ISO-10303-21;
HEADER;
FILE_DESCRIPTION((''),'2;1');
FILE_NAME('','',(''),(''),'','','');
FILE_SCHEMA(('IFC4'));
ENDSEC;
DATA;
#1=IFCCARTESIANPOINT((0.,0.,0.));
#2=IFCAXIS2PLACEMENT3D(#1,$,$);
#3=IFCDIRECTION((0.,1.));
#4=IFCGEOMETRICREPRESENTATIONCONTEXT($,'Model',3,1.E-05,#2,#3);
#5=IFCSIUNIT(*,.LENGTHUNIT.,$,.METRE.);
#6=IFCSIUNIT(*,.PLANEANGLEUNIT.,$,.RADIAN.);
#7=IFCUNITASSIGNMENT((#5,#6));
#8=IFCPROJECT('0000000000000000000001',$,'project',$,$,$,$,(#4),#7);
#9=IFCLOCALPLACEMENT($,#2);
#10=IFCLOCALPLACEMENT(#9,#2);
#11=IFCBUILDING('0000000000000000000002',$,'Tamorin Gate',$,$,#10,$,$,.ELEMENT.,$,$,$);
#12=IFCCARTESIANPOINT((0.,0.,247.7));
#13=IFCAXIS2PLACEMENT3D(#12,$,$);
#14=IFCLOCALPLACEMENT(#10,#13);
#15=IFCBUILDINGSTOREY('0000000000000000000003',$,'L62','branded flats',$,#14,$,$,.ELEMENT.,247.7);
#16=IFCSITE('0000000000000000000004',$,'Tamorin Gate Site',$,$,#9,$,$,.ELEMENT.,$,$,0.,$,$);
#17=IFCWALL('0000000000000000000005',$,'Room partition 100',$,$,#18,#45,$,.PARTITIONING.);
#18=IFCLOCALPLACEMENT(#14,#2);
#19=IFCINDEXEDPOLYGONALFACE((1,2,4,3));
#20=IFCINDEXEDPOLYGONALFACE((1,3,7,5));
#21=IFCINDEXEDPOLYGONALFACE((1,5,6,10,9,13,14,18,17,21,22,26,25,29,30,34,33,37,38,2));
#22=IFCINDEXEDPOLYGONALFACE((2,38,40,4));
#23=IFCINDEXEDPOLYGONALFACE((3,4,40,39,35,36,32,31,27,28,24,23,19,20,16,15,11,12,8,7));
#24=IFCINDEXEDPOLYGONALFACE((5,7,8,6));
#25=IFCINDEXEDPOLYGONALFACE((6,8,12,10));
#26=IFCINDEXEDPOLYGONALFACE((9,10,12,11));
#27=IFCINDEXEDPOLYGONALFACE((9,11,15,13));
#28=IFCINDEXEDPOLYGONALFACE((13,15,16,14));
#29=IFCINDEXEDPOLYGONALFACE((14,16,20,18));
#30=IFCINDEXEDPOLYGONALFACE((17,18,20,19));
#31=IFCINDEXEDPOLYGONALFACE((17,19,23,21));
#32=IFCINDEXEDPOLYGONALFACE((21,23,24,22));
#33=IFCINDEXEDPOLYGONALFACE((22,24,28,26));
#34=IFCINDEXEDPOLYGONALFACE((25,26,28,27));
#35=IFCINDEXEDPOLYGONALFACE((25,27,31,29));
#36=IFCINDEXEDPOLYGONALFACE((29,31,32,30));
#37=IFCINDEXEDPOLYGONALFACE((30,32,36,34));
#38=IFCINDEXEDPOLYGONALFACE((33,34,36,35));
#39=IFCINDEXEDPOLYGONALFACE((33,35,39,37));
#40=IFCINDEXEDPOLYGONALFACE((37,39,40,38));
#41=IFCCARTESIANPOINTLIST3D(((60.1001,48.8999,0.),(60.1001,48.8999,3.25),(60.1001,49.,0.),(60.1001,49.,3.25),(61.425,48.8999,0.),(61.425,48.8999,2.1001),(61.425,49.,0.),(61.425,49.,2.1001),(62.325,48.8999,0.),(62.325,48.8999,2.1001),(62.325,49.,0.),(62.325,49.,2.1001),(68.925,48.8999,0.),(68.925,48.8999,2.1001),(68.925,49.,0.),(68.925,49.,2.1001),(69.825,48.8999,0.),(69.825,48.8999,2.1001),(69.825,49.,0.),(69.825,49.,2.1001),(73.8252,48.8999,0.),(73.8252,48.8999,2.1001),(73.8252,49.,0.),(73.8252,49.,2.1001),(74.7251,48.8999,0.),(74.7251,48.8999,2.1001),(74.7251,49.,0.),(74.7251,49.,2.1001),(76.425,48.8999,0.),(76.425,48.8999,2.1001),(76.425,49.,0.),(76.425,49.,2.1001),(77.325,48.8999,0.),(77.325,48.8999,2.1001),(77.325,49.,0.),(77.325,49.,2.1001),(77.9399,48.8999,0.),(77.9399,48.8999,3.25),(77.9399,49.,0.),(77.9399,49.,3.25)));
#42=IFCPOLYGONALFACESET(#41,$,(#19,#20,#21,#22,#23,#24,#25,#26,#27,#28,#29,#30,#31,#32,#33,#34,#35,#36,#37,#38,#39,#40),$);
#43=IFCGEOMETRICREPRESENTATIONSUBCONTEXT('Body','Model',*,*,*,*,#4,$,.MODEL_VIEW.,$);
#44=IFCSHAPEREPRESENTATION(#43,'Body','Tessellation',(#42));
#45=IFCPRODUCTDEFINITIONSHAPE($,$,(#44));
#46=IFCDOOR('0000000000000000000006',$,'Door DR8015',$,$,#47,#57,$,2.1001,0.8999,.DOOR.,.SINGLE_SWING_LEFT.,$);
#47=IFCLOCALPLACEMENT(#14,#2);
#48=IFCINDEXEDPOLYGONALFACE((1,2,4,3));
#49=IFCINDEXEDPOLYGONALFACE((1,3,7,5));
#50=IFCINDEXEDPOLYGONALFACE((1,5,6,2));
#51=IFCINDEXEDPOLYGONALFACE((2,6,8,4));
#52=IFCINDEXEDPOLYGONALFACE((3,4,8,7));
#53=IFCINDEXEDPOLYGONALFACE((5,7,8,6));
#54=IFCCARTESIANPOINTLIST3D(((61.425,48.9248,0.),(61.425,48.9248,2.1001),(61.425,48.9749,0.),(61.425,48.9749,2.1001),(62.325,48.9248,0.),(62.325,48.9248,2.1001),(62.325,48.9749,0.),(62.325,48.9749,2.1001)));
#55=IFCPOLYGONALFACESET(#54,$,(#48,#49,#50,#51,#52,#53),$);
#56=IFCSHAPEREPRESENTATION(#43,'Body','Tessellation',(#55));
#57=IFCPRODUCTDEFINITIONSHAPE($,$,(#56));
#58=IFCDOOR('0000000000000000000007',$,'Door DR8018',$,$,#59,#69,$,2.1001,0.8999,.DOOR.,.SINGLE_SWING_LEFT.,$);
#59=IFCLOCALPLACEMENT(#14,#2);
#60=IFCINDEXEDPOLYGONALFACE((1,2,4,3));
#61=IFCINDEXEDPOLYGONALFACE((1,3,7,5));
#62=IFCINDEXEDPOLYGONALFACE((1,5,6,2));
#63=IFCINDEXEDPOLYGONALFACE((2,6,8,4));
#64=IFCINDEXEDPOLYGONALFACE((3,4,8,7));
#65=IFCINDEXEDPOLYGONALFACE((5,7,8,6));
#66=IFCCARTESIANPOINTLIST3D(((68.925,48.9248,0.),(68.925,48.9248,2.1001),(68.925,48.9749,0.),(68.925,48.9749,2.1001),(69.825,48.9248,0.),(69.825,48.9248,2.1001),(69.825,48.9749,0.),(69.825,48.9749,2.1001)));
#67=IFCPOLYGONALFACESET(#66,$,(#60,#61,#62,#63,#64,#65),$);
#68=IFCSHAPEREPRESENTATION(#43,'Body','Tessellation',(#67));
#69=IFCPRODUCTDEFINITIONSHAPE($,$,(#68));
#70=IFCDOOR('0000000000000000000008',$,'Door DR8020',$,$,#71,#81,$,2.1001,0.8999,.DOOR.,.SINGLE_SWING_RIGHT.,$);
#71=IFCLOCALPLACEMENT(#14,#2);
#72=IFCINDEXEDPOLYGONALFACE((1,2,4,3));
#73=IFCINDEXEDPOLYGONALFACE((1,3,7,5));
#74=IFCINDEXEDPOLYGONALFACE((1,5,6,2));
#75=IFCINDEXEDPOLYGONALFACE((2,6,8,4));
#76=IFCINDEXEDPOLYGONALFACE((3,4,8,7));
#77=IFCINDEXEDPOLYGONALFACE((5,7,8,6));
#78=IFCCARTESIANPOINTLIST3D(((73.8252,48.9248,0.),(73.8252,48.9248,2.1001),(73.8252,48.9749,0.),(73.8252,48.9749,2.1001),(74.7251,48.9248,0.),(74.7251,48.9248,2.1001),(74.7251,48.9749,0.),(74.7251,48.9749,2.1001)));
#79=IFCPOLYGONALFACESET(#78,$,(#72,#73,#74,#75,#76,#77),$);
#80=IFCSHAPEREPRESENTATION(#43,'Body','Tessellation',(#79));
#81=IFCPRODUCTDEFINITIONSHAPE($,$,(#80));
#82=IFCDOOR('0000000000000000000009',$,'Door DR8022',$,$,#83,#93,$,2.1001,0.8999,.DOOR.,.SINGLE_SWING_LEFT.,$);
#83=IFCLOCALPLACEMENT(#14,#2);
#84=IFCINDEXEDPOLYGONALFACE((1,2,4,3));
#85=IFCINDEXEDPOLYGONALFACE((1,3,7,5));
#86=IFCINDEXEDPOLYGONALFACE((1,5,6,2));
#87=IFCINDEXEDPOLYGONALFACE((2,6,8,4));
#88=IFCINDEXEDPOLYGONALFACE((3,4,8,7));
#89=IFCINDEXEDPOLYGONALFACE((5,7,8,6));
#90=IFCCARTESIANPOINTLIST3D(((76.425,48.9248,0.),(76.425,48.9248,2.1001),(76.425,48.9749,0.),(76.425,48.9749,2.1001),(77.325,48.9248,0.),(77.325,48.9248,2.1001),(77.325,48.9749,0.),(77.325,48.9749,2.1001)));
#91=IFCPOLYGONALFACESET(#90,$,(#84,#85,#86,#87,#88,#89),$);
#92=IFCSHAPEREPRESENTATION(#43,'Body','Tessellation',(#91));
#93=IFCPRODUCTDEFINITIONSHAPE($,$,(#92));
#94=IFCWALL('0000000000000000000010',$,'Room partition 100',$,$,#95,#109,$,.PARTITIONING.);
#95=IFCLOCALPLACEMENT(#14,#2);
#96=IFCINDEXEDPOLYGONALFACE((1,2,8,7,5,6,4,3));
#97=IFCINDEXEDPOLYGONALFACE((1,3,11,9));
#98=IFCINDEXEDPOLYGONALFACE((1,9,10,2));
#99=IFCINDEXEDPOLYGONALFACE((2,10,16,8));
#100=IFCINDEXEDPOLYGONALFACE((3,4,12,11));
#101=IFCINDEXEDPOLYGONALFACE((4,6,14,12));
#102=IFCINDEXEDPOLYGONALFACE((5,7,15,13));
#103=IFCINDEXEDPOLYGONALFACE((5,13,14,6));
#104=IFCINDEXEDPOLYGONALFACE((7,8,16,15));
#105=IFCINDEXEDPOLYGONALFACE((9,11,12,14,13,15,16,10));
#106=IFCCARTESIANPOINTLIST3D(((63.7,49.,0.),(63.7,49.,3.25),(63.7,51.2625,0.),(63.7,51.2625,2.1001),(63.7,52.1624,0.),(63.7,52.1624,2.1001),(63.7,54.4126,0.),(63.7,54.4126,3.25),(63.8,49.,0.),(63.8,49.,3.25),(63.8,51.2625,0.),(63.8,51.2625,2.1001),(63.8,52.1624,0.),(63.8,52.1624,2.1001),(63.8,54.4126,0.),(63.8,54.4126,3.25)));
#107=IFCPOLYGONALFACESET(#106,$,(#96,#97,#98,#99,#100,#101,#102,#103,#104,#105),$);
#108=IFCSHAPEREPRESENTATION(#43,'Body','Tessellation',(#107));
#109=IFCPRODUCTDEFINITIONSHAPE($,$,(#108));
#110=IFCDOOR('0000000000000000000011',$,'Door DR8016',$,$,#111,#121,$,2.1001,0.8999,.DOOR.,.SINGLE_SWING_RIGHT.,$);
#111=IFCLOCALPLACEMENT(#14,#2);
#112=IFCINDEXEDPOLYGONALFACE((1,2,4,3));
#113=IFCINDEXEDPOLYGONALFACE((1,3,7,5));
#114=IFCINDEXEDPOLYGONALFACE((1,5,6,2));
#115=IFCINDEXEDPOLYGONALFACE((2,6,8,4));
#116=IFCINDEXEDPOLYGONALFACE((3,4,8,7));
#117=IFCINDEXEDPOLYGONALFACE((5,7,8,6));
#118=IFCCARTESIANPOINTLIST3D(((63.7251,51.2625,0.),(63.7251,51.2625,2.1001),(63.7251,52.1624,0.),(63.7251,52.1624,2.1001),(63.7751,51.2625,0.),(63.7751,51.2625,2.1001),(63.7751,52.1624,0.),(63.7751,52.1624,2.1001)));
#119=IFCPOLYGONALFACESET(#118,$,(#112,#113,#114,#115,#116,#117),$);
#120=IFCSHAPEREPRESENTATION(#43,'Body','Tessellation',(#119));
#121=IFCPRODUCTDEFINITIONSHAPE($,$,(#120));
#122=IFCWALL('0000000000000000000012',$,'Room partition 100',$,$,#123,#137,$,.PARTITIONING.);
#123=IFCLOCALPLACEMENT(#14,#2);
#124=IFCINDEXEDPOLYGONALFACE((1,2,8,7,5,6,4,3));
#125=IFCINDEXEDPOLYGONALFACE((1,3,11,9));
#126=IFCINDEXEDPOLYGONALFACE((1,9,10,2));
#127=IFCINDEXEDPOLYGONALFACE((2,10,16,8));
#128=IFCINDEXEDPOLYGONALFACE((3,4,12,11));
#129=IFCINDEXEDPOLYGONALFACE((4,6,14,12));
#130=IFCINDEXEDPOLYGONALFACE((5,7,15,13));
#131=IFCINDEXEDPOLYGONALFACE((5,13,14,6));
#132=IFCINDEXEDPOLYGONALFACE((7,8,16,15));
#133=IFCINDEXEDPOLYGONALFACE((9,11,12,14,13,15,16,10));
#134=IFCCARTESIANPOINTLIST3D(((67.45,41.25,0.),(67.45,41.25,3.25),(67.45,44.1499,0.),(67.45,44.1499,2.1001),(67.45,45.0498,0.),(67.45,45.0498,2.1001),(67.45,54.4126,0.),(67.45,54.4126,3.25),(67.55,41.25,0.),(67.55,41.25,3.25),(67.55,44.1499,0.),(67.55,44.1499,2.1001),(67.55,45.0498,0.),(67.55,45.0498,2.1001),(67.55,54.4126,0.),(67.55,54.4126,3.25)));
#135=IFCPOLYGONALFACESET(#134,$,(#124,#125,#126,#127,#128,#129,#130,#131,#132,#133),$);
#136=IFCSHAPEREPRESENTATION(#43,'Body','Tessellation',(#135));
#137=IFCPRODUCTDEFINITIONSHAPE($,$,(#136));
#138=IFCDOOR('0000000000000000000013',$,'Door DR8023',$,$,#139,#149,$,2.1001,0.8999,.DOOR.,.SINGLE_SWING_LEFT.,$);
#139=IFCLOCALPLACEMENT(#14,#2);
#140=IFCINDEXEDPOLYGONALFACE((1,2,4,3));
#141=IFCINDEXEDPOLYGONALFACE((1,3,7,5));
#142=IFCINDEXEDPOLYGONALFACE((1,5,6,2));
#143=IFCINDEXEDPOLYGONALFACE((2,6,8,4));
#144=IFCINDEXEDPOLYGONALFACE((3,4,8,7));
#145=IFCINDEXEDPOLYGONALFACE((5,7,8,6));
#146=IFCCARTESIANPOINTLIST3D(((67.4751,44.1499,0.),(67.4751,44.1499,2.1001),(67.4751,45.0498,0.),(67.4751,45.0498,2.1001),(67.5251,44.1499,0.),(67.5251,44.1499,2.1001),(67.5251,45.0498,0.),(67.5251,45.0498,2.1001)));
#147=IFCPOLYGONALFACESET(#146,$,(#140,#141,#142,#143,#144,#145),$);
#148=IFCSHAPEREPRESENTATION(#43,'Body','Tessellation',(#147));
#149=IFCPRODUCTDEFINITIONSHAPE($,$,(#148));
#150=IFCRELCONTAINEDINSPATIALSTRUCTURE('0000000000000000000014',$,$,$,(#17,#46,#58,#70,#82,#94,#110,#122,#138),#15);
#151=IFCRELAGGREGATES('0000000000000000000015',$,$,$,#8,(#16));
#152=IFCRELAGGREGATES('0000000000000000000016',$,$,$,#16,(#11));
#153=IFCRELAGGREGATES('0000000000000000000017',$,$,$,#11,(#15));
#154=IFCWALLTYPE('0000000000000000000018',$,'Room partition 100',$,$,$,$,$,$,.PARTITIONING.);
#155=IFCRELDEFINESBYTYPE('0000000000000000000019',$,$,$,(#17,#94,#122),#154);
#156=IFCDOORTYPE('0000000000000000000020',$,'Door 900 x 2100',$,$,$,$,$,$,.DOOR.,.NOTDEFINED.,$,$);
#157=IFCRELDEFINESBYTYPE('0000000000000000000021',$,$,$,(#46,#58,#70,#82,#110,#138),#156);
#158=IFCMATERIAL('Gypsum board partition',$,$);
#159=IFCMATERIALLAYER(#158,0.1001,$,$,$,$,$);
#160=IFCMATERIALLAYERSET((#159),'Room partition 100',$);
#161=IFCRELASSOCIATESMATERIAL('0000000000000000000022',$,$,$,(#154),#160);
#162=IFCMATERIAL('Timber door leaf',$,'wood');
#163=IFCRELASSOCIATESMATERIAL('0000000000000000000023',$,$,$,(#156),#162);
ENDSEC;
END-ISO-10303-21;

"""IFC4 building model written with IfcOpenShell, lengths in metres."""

from ifc_helpers import new_model, si_unit, direction, frame, frame_2d, origin, place, context, subcontext, project, spatial, rectangle, extrude, material, layer, layer_set, type_object, element, fill, save


model = new_model("IFC4")

# Units and contexts
model_context = context("Model", 3, precision=1e-05, world=origin(), true_north=direction((0.0, 1.0)))
body_context = subcontext(model_context, "Body", "Model", "MODEL_VIEW")
ifc_project = project(units=[si_unit("LENGTHUNIT", "METRE"), si_unit("PLANEANGLEUNIT", "RADIAN")], contexts=[model_context])

# Site, building, storey
site_placement = place(None, origin())
site = spatial("IfcSite", under=ifc_project, at=site_placement, Name="Tamorin Gate Site", CompositionType="ELEMENT", RefElevation=0.0)
building_placement = place(site_placement, origin())
building = spatial("IfcBuilding", under=site, at=building_placement, Name="Tamorin Gate", CompositionType="ELEMENT")
storey_placement = place(building_placement, frame((0.0, 0.0, 247.7)))
storey = spatial("IfcBuildingStorey", under=building, at=storey_placement, Name="L62", Description="branded flats", CompositionType="ELEMENT", Elevation=247.7)

# Wall, openings, doors
ifc_material_1 = material(Name="Gypsum board partition")
ifc_layer_1 = layer(ifc_material_1, 0.1001)
ifc_layer_set_1 = layer_set([ifc_layer_1], Name="Room partition 100")
wall_type_1 = type_object("IfcWallType", Name="Room partition 100", PredefinedType="PARTITIONING", material=ifc_layer_set_1)
wall_1_placement = place(storey_placement, frame((60.1001, 48.95, 0.0), z_axis=(0.0, 0.0, 1.0), x_axis=(1.0, 0.0, 0.0)))
wall_1 = element("IfcWall", 1, at=wall_1_placement, inside=storey, type_object=wall_type_1, Name="Room partition 100", PredefinedType="PARTITIONING", context=body_context, shape_type="SweptSolid", body=[
    extrude(rectangle(XDim=17.8398, YDim=0.1001, at=frame_2d((8.9199, 0.0))), origin(), (0.0, 0.0, 1.0), 3.25),
])
opening_1_placement = place(wall_1_placement, frame((1.325, 0.0, 0.0)))
opening_1 = element("IfcOpeningElement", 2, at=opening_1_placement, cuts=wall_1, PredefinedType="OPENING", context=body_context, shape_type="SweptSolid", body=[
    extrude(rectangle(XDim=0.8999, YDim=2.1001, at=frame_2d((0.45, 1.05))), frame((0.0, 0.0601, 0.0), z_axis=(0.0, -1.0, 0.0), x_axis=(1.0, 0.0, 0.0)), (0.0, 0.0, 1.0), 0.1201),
])
opening_2_placement = place(wall_1_placement, frame((8.825, 0.0, 0.0)))
opening_2 = element("IfcOpeningElement", 3, at=opening_2_placement, cuts=wall_1, PredefinedType="OPENING", context=body_context, shape_type="SweptSolid", body=[
    extrude(rectangle(XDim=0.8999, YDim=2.1001, at=frame_2d((0.45, 1.05))), frame((0.0, 0.0601, 0.0), z_axis=(0.0, -1.0, 0.0), x_axis=(1.0, 0.0, 0.0)), (0.0, 0.0, 1.0), 0.1201),
])
opening_3_placement = place(wall_1_placement, frame((13.7251, 0.0, 0.0)))
opening_3 = element("IfcOpeningElement", 4, at=opening_3_placement, cuts=wall_1, PredefinedType="OPENING", context=body_context, shape_type="SweptSolid", body=[
    extrude(rectangle(XDim=0.8999, YDim=2.1001, at=frame_2d((0.45, 1.05))), frame((0.0, 0.0601, 0.0), z_axis=(0.0, -1.0, 0.0), x_axis=(1.0, 0.0, 0.0)), (0.0, 0.0, 1.0), 0.1201),
])
opening_4_placement = place(wall_1_placement, frame((16.325, 0.0, 0.0)))
opening_4 = element("IfcOpeningElement", 5, at=opening_4_placement, cuts=wall_1, PredefinedType="OPENING", context=body_context, shape_type="SweptSolid", body=[
    extrude(rectangle(XDim=0.8999, YDim=2.1001, at=frame_2d((0.45, 1.05))), frame((0.0, 0.0601, 0.0), z_axis=(0.0, -1.0, 0.0), x_axis=(1.0, 0.0, 0.0)), (0.0, 0.0, 1.0), 0.1201),
])
ifc_material_2 = material(Name="Timber door leaf", Category="wood")
door_type = type_object("IfcDoorType", Name="Door 900 x 2100", OperationType="NOTDEFINED", PredefinedType="DOOR", material=ifc_material_2)
door_1_placement = place(opening_1_placement, origin())
door_1 = element("IfcDoor", 6, at=door_1_placement, inside=storey, type_object=door_type, Name="Door DR8015", OperationType="SINGLE_SWING_LEFT", OverallHeight=2.1001, OverallWidth=0.8999, PredefinedType="DOOR", context=body_context, shape_type="SweptSolid", body=[
    extrude(rectangle(XDim=0.8999, YDim=2.1001, at=frame_2d((0.45, 1.05))), frame((0.0, 0.0249, 0.0), z_axis=(0.0, -1.0, 0.0), x_axis=(1.0, 0.0, 0.0)), (0.0, 0.0, 1.0), 0.05),
])
fill(opening_1, door_1)
door_2_placement = place(opening_2_placement, origin())
door_2 = element("IfcDoor", 7, at=door_2_placement, inside=storey, type_object=door_type, Name="Door DR8018", OperationType="SINGLE_SWING_LEFT", OverallHeight=2.1001, OverallWidth=0.8999, PredefinedType="DOOR", context=body_context, shape_type="SweptSolid", body=[
    extrude(rectangle(XDim=0.8999, YDim=2.1001, at=frame_2d((0.45, 1.05))), frame((0.0, 0.0249, 0.0), z_axis=(0.0, -1.0, 0.0), x_axis=(1.0, 0.0, 0.0)), (0.0, 0.0, 1.0), 0.05),
])
fill(opening_2, door_2)
door_3_placement = place(opening_3_placement, origin())
door_3 = element("IfcDoor", 8, at=door_3_placement, inside=storey, type_object=door_type, Name="Door DR8020", OperationType="SINGLE_SWING_RIGHT", OverallHeight=2.1001, OverallWidth=0.8999, PredefinedType="DOOR", context=body_context, shape_type="SweptSolid", body=[
    extrude(rectangle(XDim=0.8999, YDim=2.1001, at=frame_2d((0.45, 1.05))), frame((0.0, 0.0249, 0.0), z_axis=(0.0, -1.0, 0.0), x_axis=(1.0, 0.0, 0.0)), (0.0, 0.0, 1.0), 0.05),
])
fill(opening_3, door_3)
door_4_placement = place(opening_4_placement, origin())
door_4 = element("IfcDoor", 9, at=door_4_placement, inside=storey, type_object=door_type, Name="Door DR8022", OperationType="SINGLE_SWING_LEFT", OverallHeight=2.1001, OverallWidth=0.8999, PredefinedType="DOOR", context=body_context, shape_type="SweptSolid", body=[
    extrude(rectangle(XDim=0.8999, YDim=2.1001, at=frame_2d((0.45, 1.05))), frame((0.0, 0.0249, 0.0), z_axis=(0.0, -1.0, 0.0), x_axis=(1.0, 0.0, 0.0)), (0.0, 0.0, 1.0), 0.05),
])
fill(opening_4, door_4)

# Walls, openings, doors
wall_2_placement = place(storey_placement, frame((63.75, 49.0, 0.0), z_axis=(0.0, 0.0, 1.0), x_axis=(0.0, 1.0, 0.0)))
wall_2 = element("IfcWall", 10, at=wall_2_placement, inside=storey, type_object=wall_type_1, Name="Room partition 100", PredefinedType="PARTITIONING", context=body_context, shape_type="SweptSolid", body=[
    extrude(rectangle(XDim=5.4126, YDim=0.1001, at=frame_2d((2.7063, 0.0))), origin(), (0.0, 0.0, 1.0), 3.25),
])
opening_5_placement = place(wall_2_placement, frame((2.2625, 0.0, 0.0)))
opening_5 = element("IfcOpeningElement", 11, at=opening_5_placement, cuts=wall_2, PredefinedType="OPENING", context=body_context, shape_type="SweptSolid", body=[
    extrude(rectangle(XDim=0.8999, YDim=2.1001, at=frame_2d((0.45, 1.05))), frame((0.0, 0.0601, 0.0), z_axis=(0.0, -1.0, 0.0), x_axis=(1.0, 0.0, 0.0)), (0.0, 0.0, 1.0), 0.1201),
])
door_5_placement = place(opening_5_placement, origin())
door_5 = element("IfcDoor", 12, at=door_5_placement, inside=storey, type_object=door_type, Name="Door DR8016", OperationType="SINGLE_SWING_RIGHT", OverallHeight=2.1001, OverallWidth=0.8999, PredefinedType="DOOR", context=body_context, shape_type="SweptSolid", body=[
    extrude(rectangle(XDim=0.8999, YDim=2.1001, at=frame_2d((0.45, 1.05))), frame((0.0, 0.0249, 0.0), z_axis=(0.0, -1.0, 0.0), x_axis=(1.0, 0.0, 0.0)), (0.0, 0.0, 1.0), 0.05),
])
fill(opening_5, door_5)
wall_3_placement = place(storey_placement, frame((67.5, 41.25, 0.0), z_axis=(0.0, 0.0, 1.0), x_axis=(0.0, 1.0, 0.0)))
wall_3 = element("IfcWall", 13, at=wall_3_placement, inside=storey, type_object=wall_type_1, Name="Room partition 100", PredefinedType="PARTITIONING", context=body_context, shape_type="SweptSolid", body=[
    extrude(rectangle(XDim=13.1626, YDim=0.1001, at=frame_2d((6.5813, 0.0))), origin(), (0.0, 0.0, 1.0), 3.25),
])
opening_6_placement = place(wall_3_placement, frame((2.8999, 0.0, 0.0)))
opening_6 = element("IfcOpeningElement", 14, at=opening_6_placement, cuts=wall_3, PredefinedType="OPENING", context=body_context, shape_type="SweptSolid", body=[
    extrude(rectangle(XDim=0.8999, YDim=2.1001, at=frame_2d((0.45, 1.05))), frame((0.0, 0.0601, 0.0), z_axis=(0.0, -1.0, 0.0), x_axis=(1.0, 0.0, 0.0)), (0.0, 0.0, 1.0), 0.1201),
])
door_6_placement = place(opening_6_placement, origin())
door_6 = element("IfcDoor", 15, at=door_6_placement, inside=storey, type_object=door_type, Name="Door DR8023", OperationType="SINGLE_SWING_LEFT", OverallHeight=2.1001, OverallWidth=0.8999, PredefinedType="DOOR", context=body_context, shape_type="SweptSolid", body=[
    extrude(rectangle(XDim=0.8999, YDim=2.1001, at=frame_2d((0.45, 1.05))), frame((0.0, 0.0249, 0.0), z_axis=(0.0, -1.0, 0.0), x_axis=(1.0, 0.0, 0.0)), (0.0, 0.0, 1.0), 0.05),
])
fill(opening_6, door_6)

save(model, "model.ifc")
